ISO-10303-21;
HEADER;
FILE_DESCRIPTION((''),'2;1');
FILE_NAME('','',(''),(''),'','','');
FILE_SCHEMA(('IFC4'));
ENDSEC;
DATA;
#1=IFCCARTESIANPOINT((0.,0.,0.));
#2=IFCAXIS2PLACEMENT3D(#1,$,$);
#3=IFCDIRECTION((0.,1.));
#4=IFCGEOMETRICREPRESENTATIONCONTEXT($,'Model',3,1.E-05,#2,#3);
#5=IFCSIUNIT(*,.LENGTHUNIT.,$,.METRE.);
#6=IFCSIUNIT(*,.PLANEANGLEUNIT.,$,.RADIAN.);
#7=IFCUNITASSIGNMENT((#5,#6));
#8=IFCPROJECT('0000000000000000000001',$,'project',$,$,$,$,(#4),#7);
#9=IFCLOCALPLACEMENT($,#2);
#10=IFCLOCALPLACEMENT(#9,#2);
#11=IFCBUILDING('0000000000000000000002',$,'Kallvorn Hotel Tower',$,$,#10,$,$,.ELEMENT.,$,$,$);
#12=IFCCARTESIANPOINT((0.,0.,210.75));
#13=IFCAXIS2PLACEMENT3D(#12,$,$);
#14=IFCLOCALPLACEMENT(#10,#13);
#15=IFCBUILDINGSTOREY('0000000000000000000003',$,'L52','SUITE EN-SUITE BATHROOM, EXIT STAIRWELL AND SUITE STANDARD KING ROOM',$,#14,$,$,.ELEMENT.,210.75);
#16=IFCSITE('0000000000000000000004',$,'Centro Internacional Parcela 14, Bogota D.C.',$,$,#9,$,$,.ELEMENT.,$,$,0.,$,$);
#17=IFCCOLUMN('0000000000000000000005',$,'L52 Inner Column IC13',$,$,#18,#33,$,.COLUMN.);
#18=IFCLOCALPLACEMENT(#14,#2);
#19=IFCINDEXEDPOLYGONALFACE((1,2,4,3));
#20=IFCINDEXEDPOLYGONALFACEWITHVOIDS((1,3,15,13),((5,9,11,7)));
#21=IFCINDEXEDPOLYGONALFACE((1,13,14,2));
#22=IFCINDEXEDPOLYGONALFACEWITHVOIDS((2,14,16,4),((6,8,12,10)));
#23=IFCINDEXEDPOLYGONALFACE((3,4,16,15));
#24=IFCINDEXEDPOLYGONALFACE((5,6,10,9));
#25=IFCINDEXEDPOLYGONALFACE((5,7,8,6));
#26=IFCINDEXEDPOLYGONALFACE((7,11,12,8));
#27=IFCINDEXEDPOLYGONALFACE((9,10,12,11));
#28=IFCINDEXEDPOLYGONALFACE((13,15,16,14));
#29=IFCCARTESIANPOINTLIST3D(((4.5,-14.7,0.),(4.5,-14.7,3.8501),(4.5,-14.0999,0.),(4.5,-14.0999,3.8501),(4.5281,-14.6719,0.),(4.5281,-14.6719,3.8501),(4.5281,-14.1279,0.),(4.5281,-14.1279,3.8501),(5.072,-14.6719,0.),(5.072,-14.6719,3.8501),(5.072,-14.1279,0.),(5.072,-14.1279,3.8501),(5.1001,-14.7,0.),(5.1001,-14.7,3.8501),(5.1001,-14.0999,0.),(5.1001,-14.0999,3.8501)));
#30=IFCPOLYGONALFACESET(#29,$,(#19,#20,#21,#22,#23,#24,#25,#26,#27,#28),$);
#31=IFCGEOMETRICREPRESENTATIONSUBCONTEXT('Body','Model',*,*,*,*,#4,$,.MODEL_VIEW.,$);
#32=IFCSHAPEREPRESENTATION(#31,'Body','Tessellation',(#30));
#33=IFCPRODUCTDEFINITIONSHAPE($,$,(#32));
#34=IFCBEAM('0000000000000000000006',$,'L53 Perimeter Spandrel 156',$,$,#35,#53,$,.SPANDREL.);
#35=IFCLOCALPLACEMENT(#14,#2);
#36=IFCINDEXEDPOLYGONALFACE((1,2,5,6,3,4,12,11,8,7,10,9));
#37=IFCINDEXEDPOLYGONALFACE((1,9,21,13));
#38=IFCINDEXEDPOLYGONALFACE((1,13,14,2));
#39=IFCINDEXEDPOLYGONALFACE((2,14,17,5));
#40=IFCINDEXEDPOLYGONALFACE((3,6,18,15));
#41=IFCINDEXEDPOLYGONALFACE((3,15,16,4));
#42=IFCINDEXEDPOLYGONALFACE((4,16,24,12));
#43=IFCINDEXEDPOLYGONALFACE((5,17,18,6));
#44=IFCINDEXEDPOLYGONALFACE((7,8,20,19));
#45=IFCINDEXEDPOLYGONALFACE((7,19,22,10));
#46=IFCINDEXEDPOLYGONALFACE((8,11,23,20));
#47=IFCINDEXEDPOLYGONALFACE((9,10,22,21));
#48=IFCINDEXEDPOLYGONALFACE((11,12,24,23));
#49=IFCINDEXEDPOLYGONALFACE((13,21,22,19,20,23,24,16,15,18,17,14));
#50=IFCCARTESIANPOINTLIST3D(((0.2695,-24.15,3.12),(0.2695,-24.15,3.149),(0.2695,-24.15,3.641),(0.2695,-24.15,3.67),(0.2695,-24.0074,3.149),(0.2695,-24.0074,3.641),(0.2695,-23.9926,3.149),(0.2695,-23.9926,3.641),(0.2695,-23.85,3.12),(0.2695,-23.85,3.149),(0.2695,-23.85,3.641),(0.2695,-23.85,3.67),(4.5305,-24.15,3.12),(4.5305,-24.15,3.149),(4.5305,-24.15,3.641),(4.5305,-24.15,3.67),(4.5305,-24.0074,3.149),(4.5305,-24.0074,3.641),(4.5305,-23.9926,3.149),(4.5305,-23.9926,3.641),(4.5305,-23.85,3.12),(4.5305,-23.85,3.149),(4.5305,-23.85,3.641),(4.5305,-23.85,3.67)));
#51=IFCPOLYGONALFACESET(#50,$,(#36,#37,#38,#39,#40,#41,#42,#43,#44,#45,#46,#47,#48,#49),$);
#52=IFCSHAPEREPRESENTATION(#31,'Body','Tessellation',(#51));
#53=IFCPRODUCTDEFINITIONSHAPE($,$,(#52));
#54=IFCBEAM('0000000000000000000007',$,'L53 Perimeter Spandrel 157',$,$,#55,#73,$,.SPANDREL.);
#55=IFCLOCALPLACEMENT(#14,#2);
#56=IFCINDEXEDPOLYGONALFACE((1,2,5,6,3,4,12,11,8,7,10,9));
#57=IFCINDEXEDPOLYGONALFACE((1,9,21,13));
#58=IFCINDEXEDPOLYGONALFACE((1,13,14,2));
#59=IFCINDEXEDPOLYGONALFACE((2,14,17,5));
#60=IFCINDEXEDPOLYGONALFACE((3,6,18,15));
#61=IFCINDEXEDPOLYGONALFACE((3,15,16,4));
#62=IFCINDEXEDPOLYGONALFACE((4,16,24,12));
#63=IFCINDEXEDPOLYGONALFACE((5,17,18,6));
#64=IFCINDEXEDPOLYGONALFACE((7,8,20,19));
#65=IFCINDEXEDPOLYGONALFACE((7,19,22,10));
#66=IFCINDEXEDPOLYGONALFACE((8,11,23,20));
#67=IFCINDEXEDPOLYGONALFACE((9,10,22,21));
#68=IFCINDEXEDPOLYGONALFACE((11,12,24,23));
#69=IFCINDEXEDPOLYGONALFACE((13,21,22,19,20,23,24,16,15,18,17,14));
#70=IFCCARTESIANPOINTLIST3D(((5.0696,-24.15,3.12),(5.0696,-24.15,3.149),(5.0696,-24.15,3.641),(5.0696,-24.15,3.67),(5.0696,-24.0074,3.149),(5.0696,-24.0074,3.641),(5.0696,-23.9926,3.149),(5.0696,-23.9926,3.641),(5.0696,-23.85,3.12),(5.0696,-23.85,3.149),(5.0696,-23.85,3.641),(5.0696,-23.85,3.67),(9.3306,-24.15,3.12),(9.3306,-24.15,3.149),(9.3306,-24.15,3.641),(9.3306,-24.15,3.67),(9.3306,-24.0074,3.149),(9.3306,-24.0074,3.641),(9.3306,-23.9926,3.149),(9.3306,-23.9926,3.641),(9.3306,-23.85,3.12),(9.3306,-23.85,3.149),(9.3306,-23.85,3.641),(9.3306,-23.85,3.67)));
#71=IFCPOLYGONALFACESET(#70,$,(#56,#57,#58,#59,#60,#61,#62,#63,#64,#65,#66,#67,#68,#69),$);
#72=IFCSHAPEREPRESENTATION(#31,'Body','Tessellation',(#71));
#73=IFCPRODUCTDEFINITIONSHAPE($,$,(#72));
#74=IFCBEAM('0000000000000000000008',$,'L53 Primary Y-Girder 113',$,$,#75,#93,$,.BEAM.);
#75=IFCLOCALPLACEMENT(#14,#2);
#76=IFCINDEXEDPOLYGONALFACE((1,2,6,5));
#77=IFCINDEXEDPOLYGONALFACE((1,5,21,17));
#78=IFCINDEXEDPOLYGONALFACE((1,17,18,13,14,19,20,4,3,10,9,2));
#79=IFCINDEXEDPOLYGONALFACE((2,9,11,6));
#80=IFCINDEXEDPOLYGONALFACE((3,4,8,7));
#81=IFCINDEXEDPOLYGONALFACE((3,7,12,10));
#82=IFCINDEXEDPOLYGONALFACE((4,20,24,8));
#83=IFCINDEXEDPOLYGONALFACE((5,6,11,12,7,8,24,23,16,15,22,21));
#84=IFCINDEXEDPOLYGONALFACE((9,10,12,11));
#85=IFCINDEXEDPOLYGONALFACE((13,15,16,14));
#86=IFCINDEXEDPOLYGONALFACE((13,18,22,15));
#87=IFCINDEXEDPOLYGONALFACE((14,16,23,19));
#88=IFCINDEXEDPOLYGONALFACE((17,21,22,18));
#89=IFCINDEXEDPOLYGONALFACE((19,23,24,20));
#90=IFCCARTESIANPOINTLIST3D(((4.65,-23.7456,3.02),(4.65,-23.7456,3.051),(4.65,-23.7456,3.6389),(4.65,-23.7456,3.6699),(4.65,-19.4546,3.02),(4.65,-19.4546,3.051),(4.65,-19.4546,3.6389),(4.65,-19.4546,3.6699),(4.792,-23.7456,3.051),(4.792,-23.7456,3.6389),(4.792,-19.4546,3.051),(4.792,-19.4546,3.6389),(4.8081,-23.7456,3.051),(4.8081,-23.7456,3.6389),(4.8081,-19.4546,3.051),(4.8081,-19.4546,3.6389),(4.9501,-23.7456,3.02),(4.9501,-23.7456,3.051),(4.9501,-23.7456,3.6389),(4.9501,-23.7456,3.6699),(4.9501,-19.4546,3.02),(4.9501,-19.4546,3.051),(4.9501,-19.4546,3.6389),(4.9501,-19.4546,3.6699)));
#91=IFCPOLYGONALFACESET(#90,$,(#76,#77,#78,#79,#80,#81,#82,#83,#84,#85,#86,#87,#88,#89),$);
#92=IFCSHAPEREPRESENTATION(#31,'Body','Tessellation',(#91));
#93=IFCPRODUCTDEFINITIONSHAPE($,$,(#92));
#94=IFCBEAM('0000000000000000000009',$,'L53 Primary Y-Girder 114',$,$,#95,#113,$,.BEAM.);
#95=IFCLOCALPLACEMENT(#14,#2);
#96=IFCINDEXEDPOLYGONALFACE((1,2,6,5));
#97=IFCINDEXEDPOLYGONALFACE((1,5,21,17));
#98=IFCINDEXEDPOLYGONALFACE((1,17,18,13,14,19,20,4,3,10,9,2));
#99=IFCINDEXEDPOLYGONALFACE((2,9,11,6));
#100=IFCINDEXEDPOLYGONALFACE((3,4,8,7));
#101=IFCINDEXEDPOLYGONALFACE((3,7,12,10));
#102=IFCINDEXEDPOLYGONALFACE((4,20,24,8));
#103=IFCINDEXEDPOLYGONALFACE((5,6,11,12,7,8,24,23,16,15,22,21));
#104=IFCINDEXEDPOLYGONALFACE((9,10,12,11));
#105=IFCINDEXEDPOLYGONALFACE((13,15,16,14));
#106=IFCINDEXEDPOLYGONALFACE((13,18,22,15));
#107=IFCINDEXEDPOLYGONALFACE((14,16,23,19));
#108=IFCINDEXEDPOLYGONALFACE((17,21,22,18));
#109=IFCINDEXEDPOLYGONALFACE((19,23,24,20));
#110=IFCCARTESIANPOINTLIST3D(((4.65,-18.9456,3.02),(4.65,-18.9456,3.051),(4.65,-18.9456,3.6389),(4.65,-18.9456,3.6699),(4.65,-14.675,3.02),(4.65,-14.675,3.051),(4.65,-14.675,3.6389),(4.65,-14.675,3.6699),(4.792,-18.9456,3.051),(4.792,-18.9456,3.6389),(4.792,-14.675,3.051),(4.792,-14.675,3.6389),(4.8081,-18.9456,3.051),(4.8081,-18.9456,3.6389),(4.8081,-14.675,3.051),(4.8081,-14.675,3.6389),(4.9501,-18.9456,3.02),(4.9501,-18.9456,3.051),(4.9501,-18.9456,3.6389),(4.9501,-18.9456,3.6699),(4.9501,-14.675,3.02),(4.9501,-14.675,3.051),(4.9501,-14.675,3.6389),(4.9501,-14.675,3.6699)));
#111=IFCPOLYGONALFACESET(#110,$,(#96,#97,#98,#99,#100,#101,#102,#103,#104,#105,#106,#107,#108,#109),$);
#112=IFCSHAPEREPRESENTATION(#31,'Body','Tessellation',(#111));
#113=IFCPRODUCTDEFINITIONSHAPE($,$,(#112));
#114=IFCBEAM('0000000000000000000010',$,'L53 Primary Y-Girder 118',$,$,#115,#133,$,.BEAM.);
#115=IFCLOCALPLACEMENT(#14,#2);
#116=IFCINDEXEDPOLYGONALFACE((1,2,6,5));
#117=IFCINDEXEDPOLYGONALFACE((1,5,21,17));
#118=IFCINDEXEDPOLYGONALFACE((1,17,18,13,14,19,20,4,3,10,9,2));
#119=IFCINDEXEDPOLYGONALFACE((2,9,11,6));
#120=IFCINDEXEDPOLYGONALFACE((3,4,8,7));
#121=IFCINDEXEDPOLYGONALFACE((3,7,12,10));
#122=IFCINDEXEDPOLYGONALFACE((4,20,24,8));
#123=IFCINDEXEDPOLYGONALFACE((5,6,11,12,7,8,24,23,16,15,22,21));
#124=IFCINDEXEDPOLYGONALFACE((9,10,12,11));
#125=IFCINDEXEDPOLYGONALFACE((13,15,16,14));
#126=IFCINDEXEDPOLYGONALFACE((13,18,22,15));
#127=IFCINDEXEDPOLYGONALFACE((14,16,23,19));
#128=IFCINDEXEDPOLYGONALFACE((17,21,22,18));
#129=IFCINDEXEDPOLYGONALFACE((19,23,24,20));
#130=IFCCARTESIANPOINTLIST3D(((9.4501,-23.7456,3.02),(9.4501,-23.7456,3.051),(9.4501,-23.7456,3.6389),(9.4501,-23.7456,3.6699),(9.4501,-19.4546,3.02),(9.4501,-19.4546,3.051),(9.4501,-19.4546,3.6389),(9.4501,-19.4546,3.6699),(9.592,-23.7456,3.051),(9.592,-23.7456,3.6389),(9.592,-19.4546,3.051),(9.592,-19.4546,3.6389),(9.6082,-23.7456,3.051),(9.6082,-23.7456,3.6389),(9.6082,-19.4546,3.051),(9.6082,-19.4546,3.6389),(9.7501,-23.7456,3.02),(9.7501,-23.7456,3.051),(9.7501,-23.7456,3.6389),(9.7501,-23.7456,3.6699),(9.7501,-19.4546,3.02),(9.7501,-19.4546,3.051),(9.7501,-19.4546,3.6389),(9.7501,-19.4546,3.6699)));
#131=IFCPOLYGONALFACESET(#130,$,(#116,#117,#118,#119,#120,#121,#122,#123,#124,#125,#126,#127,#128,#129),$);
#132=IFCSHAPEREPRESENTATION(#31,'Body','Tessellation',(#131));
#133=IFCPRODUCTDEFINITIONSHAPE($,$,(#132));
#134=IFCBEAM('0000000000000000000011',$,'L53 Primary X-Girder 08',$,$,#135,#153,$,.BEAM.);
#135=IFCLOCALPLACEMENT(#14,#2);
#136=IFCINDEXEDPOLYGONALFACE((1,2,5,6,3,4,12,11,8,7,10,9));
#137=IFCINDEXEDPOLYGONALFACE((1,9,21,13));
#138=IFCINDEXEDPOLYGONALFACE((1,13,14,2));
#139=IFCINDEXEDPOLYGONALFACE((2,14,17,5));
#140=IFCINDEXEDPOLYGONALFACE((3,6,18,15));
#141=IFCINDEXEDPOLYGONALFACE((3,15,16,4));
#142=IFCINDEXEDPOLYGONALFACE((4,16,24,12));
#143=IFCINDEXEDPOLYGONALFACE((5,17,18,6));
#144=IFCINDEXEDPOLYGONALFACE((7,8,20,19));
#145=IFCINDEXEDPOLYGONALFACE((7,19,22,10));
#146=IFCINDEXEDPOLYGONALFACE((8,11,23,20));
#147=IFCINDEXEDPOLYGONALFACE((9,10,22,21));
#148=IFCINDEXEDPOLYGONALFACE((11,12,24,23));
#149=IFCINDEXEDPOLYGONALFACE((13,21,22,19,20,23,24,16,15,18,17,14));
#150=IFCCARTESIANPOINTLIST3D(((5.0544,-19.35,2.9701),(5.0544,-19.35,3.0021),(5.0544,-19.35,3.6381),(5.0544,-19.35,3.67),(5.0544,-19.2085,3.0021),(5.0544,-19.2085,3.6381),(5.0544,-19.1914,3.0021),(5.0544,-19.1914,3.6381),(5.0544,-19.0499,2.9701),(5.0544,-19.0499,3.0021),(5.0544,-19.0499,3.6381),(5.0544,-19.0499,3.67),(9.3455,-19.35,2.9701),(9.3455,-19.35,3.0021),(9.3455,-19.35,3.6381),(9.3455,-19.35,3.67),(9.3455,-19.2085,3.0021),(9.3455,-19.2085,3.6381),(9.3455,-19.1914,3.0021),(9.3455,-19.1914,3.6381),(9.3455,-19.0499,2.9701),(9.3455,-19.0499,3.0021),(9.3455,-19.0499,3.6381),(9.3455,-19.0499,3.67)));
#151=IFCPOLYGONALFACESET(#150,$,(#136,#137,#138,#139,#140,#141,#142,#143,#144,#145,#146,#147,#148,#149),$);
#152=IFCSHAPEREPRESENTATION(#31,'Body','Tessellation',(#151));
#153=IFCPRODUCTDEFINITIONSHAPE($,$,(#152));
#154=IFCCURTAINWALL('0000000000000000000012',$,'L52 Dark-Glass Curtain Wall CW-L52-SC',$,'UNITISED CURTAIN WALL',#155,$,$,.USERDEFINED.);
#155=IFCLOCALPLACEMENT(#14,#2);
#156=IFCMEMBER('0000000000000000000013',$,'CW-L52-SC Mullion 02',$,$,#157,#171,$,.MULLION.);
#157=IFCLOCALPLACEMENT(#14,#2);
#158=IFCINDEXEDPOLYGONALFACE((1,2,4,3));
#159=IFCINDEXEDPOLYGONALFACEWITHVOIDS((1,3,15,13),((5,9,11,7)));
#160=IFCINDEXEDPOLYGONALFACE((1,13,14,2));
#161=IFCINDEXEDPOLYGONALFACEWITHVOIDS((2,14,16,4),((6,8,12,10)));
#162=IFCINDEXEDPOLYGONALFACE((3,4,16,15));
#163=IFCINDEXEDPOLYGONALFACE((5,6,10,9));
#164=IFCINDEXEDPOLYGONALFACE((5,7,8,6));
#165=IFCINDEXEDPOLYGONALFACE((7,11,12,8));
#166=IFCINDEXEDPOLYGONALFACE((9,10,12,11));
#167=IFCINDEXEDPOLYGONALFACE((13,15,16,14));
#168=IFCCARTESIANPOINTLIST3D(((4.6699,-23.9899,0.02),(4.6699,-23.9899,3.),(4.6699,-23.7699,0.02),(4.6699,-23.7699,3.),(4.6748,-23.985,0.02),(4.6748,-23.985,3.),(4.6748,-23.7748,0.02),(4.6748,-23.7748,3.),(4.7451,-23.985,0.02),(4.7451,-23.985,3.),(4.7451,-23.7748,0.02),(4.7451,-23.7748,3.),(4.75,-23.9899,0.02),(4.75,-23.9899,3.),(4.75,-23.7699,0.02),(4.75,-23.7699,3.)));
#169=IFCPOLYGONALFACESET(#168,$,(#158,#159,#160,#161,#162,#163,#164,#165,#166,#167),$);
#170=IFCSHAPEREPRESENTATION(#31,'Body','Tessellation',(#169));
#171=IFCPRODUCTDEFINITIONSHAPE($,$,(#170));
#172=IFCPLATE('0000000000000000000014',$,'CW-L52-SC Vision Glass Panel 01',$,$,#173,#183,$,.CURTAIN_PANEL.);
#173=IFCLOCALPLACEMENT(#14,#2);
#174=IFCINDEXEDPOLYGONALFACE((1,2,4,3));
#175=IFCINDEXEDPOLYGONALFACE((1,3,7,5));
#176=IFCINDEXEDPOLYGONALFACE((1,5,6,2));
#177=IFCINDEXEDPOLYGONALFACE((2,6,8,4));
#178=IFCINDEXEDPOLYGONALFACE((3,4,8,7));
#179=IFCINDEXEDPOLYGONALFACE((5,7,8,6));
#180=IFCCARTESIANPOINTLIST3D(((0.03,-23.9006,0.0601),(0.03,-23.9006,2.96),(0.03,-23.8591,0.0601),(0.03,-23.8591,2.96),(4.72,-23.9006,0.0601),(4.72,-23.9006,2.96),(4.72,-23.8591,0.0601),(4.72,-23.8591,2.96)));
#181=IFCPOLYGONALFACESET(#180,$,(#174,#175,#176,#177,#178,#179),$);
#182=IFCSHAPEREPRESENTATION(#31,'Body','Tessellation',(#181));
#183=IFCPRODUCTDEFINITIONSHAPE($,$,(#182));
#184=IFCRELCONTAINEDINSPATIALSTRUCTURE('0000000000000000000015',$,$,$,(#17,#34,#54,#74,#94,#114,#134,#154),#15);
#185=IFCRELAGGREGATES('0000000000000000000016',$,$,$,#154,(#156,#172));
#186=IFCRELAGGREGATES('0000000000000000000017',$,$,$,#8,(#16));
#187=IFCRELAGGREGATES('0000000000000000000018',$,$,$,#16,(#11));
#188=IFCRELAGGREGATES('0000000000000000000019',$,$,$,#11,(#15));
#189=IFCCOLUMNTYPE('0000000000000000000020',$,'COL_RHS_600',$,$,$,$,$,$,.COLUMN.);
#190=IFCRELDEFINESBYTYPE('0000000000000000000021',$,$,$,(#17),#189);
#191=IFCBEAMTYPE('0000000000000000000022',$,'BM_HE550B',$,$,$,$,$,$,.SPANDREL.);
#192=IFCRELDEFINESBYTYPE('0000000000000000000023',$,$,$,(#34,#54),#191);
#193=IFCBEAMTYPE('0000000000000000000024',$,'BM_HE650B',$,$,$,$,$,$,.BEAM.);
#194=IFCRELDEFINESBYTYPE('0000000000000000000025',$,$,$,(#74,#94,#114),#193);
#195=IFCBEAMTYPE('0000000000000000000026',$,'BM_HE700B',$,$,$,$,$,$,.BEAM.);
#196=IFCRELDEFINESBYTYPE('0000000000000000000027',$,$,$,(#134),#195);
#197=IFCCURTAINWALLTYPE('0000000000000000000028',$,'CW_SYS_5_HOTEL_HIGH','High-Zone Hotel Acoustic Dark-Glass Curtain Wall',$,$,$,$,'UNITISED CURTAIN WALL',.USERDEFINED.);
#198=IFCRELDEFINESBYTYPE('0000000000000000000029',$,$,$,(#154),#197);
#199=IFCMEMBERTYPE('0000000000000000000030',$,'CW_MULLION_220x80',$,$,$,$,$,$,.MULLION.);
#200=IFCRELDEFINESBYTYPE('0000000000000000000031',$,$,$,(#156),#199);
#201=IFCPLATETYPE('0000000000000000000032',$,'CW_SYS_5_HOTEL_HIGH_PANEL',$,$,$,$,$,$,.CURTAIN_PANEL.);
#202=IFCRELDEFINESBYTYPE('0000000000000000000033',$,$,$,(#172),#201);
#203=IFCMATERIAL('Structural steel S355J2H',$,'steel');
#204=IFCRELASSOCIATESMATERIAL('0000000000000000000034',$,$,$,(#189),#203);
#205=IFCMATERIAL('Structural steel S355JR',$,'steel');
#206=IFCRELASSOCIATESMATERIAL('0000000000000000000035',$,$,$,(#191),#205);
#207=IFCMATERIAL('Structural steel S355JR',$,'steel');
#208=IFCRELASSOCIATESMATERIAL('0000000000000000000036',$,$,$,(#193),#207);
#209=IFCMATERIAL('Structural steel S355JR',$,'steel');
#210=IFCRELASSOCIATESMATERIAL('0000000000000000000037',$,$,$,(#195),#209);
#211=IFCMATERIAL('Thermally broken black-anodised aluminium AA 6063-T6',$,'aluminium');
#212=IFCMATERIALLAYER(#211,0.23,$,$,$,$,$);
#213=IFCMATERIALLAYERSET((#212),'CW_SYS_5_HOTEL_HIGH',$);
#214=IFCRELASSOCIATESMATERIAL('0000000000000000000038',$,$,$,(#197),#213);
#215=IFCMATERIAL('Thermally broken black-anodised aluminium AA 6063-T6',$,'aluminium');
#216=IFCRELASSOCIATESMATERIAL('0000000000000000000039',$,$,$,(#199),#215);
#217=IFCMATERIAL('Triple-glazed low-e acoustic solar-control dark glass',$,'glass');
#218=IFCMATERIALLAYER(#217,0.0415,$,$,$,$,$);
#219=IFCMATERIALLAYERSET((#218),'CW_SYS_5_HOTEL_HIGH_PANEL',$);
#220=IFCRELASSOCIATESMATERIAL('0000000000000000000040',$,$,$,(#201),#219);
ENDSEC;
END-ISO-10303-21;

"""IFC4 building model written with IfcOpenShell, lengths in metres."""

from ifc_helpers import new_model, si_unit, direction, frame, origin, origin_2d, place, context, subcontext, project, spatial, rectangle, hollow_rectangle, i_section, extrude, material, layer, layer_set, material_profile, profile_set, type_object, element, aggregate, save


model = new_model("IFC4")

# Units and contexts
model_context = context("Model", 3, precision=1e-05, world=origin(), true_north=direction((0.0, 1.0)))
body_context = subcontext(model_context, "Body", "Model", "MODEL_VIEW")
ifc_project = project(units=[si_unit("LENGTHUNIT", "METRE"), si_unit("PLANEANGLEUNIT", "RADIAN")], contexts=[model_context])

# Site, building, storey
site_placement = place(None, origin())
site = spatial("IfcSite", under=ifc_project, at=site_placement, Name="Centro Internacional Parcela 14, Bogota D.C.", CompositionType="ELEMENT", RefElevation=0.0)
building_placement = place(site_placement, origin())
building = spatial("IfcBuilding", under=site, at=building_placement, Name="Kallvorn Hotel Tower", CompositionType="ELEMENT")
storey_placement = place(building_placement, frame((0.0, 0.0, 210.75)))
storey = spatial("IfcBuildingStorey", under=building, at=storey_placement, Name="L52", Description="SUITE EN-SUITE BATHROOM, EXIT STAIRWELL AND SUITE STANDARD KING ROOM", CompositionType="ELEMENT", Elevation=210.75)

# Column
ifc_material_1 = material(Name="Structural steel S355J2H", Category="steel")
ifc_material_profile_1 = material_profile(ifc_material_1, hollow_rectangle(XDim=0.6001, YDim=0.6001, WallThickness=0.0281, at=origin_2d()), Name="RHS 600x600x28")
ifc_profile_set_1 = profile_set([ifc_material_profile_1], Name="Structural steel S355J2H")
column_type_1 = type_object("IfcColumnType", Name="COL_RHS_600", PredefinedType="COLUMN", material=ifc_profile_set_1)
column_placement = place(storey_placement, frame((4.8, -14.3999, 0.0), z_axis=(0.0, 0.0, 1.0), x_axis=(1.0, 0.0, 0.0)))
element("IfcColumn", 1, at=column_placement, inside=storey, type_object=column_type_1, Name="L52 Inner Column IC13", PredefinedType="COLUMN", context=body_context, shape_type="SweptSolid", body=[
    extrude(hollow_rectangle(XDim=0.6001, YDim=0.6001, WallThickness=0.0281, at=origin_2d()), origin(), (0.0, 0.0, 1.0), 3.8501),
])

# Beams
ifc_material_2 = material(Name="Structural steel S355JR", Category="steel")
ifc_material_profile_2 = material_profile(ifc_material_2, i_section(OverallWidth=0.3, OverallDepth=0.55, WebThickness=0.0149, FlangeThickness=0.0291, at=origin_2d()), Name="HE 550 B")
ifc_profile_set_2 = profile_set([ifc_material_profile_2], Name="Structural steel S355JR")
beam_type_1 = type_object("IfcBeamType", Name="BM_HE550B", PredefinedType="SPANDREL", material=ifc_profile_set_2)
for number, where, z_axis, x_axis, name in (
    (2, (0.2695, -24.0, 3.395), (1.0, 0.0, 0.0), (0.0, 1.0, 0.0), "L53 Perimeter Spandrel 156"),
    (3, (5.0696, -24.0, 3.395), (1.0, 0.0, 0.0), (0.0, 1.0, 0.0), "L53 Perimeter Spandrel 157"),
):
    element("IfcBeam", number, at=place(storey_placement, frame(where, z_axis=z_axis, x_axis=x_axis)), inside=storey, type_object=beam_type_1, Name=name, PredefinedType="SPANDREL", context=body_context, shape_type="SweptSolid", body=[
        extrude(i_section(OverallWidth=0.3, OverallDepth=0.55, WebThickness=0.0149, FlangeThickness=0.0291, at=origin_2d()), origin(), (0.0, 0.0, 1.0), 4.261),
    ])
ifc_material_3 = material(Name="Structural steel S355JR", Category="steel")
ifc_material_profile_3 = material_profile(ifc_material_3, i_section(OverallWidth=0.3, OverallDepth=0.6499, WebThickness=0.0161, FlangeThickness=0.031, at=origin_2d()), Name="HE 650 B")
ifc_profile_set_3 = profile_set([ifc_material_profile_3], Name="Structural steel S355JR")
beam_type_2 = type_object("IfcBeamType", Name="BM_HE650B", PredefinedType="BEAM", material=ifc_profile_set_3)
beam_1_placement = place(storey_placement, frame((4.8, -23.7456, 3.345), z_axis=(0.0, 1.0, 0.0), x_axis=(-1.0, 0.0, 0.0)))
element("IfcBeam", 4, at=beam_1_placement, inside=storey, type_object=beam_type_2, Name="L53 Primary Y-Girder 113", PredefinedType="BEAM", context=body_context, shape_type="SweptSolid", body=[
    extrude(i_section(OverallWidth=0.3, OverallDepth=0.6499, WebThickness=0.0161, FlangeThickness=0.031, at=origin_2d()), origin(), (0.0, 0.0, 1.0), 4.291),
])
beam_2_placement = place(storey_placement, frame((4.8, -18.9456, 3.345), z_axis=(0.0, 1.0, 0.0), x_axis=(-1.0, 0.0, 0.0)))
element("IfcBeam", 5, at=beam_2_placement, inside=storey, type_object=beam_type_2, Name="L53 Primary Y-Girder 114", PredefinedType="BEAM", context=body_context, shape_type="SweptSolid", body=[
    extrude(i_section(OverallWidth=0.3, OverallDepth=0.6499, WebThickness=0.0161, FlangeThickness=0.031, at=origin_2d()), origin(), (0.0, 0.0, 1.0), 4.2705),
])
beam_3_placement = place(storey_placement, frame((9.6001, -23.7456, 3.345), z_axis=(0.0, 1.0, 0.0), x_axis=(-1.0, 0.0, 0.0)))
element("IfcBeam", 6, at=beam_3_placement, inside=storey, type_object=beam_type_2, Name="L53 Primary Y-Girder 118", PredefinedType="BEAM", context=body_context, shape_type="SweptSolid", body=[
    extrude(i_section(OverallWidth=0.3, OverallDepth=0.6499, WebThickness=0.0161, FlangeThickness=0.031, at=origin_2d()), origin(), (0.0, 0.0, 1.0), 4.291),
])
ifc_material_4 = material(Name="Structural steel S355JR", Category="steel")
ifc_material_profile_4 = material_profile(ifc_material_4, i_section(OverallWidth=0.3, OverallDepth=0.7, WebThickness=0.0171, FlangeThickness=0.032, at=origin_2d()), Name="HE 700 B")
ifc_profile_set_4 = profile_set([ifc_material_profile_4], Name="Structural steel S355JR")
beam_type_3 = type_object("IfcBeamType", Name="BM_HE700B", PredefinedType="BEAM", material=ifc_profile_set_4)
beam_4_placement = place(storey_placement, frame((5.0544, -19.2, 3.3201), z_axis=(1.0, 0.0, 0.0), x_axis=(0.0, 1.0, 0.0)))
element("IfcBeam", 7, at=beam_4_placement, inside=storey, type_object=beam_type_3, Name="L53 Primary X-Girder 08", PredefinedType="BEAM", context=body_context, shape_type="SweptSolid", body=[
    extrude(i_section(OverallWidth=0.3, OverallDepth=0.7, WebThickness=0.0171, FlangeThickness=0.032, at=origin_2d()), origin(), (0.0, 0.0, 1.0), 4.291),
])

# Curtain wall, member, plate
ifc_material_5 = material(Name="Thermally broken black-anodised aluminium AA 6063-T6", Category="aluminium")
ifc_layer_1 = layer(ifc_material_5, 0.23)
ifc_layer_set_1 = layer_set([ifc_layer_1], Name="CW_SYS_5_HOTEL_HIGH")
curtain_wall_type = type_object("IfcCurtainWallType", Name="CW_SYS_5_HOTEL_HIGH", Description="High-Zone Hotel Acoustic Dark-Glass Curtain Wall", ElementType="UNITISED CURTAIN WALL", PredefinedType="USERDEFINED", material=ifc_layer_set_1)
curtain_wall_placement = place(storey_placement, origin())
curtain_wall = element("IfcCurtainWall", 8, at=curtain_wall_placement, inside=storey, type_object=curtain_wall_type, Name="L52 Dark-Glass Curtain Wall CW-L52-SC", ObjectType="UNITISED CURTAIN WALL", PredefinedType="USERDEFINED")
ifc_material_6 = material(Name="Thermally broken black-anodised aluminium AA 6063-T6", Category="aluminium")
ifc_material_profile_5 = material_profile(ifc_material_6, hollow_rectangle(XDim=0.0801, YDim=0.22, WallThickness=0.0049, at=origin_2d()), Name="MUL 220x80")
ifc_profile_set_5 = profile_set([ifc_material_profile_5], Name="Thermally broken black-anodised aluminium AA 6063-T6")
member_type = type_object("IfcMemberType", Name="CW_MULLION_220x80", PredefinedType="MULLION", material=ifc_profile_set_5)
member_placement = place(storey_placement, frame((4.71, -23.8799, 0.02), z_axis=(0.0, 0.0, 1.0), x_axis=(1.0, 0.0, 0.0)))
member = element("IfcMember", 9, at=member_placement, type_object=member_type, Name="CW-L52-SC Mullion 02", PredefinedType="MULLION", context=body_context, shape_type="SweptSolid", body=[
    extrude(hollow_rectangle(XDim=0.0801, YDim=0.22, WallThickness=0.0049, at=origin_2d()), origin(), (0.0, 0.0, 1.0), 2.98),
])
ifc_material_7 = material(Name="Triple-glazed low-e acoustic solar-control dark glass", Category="glass")
ifc_layer_2 = layer(ifc_material_7, 0.0415)
ifc_layer_set_2 = layer_set([ifc_layer_2], Name="CW_SYS_5_HOTEL_HIGH_PANEL")
plate_type = type_object("IfcPlateType", Name="CW_SYS_5_HOTEL_HIGH_PANEL", PredefinedType="CURTAIN_PANEL", material=ifc_layer_set_2)
plate_placement = place(storey_placement, frame((2.375, -23.8799, 0.0601), z_axis=(0.0, 0.0, 1.0), x_axis=(1.0, 0.0, 0.0)))
plate = element("IfcPlate", 10, at=plate_placement, type_object=plate_type, Name="CW-L52-SC Vision Glass Panel 01", PredefinedType="CURTAIN_PANEL", context=body_context, shape_type="SweptSolid", body=[
    extrude(rectangle(XDim=4.6899, YDim=0.0415, at=origin_2d()), origin(), (0.0, 0.0, 1.0), 2.8999),
])
aggregate(curtain_wall, [member, plate])

save(model, "model.ifc")
